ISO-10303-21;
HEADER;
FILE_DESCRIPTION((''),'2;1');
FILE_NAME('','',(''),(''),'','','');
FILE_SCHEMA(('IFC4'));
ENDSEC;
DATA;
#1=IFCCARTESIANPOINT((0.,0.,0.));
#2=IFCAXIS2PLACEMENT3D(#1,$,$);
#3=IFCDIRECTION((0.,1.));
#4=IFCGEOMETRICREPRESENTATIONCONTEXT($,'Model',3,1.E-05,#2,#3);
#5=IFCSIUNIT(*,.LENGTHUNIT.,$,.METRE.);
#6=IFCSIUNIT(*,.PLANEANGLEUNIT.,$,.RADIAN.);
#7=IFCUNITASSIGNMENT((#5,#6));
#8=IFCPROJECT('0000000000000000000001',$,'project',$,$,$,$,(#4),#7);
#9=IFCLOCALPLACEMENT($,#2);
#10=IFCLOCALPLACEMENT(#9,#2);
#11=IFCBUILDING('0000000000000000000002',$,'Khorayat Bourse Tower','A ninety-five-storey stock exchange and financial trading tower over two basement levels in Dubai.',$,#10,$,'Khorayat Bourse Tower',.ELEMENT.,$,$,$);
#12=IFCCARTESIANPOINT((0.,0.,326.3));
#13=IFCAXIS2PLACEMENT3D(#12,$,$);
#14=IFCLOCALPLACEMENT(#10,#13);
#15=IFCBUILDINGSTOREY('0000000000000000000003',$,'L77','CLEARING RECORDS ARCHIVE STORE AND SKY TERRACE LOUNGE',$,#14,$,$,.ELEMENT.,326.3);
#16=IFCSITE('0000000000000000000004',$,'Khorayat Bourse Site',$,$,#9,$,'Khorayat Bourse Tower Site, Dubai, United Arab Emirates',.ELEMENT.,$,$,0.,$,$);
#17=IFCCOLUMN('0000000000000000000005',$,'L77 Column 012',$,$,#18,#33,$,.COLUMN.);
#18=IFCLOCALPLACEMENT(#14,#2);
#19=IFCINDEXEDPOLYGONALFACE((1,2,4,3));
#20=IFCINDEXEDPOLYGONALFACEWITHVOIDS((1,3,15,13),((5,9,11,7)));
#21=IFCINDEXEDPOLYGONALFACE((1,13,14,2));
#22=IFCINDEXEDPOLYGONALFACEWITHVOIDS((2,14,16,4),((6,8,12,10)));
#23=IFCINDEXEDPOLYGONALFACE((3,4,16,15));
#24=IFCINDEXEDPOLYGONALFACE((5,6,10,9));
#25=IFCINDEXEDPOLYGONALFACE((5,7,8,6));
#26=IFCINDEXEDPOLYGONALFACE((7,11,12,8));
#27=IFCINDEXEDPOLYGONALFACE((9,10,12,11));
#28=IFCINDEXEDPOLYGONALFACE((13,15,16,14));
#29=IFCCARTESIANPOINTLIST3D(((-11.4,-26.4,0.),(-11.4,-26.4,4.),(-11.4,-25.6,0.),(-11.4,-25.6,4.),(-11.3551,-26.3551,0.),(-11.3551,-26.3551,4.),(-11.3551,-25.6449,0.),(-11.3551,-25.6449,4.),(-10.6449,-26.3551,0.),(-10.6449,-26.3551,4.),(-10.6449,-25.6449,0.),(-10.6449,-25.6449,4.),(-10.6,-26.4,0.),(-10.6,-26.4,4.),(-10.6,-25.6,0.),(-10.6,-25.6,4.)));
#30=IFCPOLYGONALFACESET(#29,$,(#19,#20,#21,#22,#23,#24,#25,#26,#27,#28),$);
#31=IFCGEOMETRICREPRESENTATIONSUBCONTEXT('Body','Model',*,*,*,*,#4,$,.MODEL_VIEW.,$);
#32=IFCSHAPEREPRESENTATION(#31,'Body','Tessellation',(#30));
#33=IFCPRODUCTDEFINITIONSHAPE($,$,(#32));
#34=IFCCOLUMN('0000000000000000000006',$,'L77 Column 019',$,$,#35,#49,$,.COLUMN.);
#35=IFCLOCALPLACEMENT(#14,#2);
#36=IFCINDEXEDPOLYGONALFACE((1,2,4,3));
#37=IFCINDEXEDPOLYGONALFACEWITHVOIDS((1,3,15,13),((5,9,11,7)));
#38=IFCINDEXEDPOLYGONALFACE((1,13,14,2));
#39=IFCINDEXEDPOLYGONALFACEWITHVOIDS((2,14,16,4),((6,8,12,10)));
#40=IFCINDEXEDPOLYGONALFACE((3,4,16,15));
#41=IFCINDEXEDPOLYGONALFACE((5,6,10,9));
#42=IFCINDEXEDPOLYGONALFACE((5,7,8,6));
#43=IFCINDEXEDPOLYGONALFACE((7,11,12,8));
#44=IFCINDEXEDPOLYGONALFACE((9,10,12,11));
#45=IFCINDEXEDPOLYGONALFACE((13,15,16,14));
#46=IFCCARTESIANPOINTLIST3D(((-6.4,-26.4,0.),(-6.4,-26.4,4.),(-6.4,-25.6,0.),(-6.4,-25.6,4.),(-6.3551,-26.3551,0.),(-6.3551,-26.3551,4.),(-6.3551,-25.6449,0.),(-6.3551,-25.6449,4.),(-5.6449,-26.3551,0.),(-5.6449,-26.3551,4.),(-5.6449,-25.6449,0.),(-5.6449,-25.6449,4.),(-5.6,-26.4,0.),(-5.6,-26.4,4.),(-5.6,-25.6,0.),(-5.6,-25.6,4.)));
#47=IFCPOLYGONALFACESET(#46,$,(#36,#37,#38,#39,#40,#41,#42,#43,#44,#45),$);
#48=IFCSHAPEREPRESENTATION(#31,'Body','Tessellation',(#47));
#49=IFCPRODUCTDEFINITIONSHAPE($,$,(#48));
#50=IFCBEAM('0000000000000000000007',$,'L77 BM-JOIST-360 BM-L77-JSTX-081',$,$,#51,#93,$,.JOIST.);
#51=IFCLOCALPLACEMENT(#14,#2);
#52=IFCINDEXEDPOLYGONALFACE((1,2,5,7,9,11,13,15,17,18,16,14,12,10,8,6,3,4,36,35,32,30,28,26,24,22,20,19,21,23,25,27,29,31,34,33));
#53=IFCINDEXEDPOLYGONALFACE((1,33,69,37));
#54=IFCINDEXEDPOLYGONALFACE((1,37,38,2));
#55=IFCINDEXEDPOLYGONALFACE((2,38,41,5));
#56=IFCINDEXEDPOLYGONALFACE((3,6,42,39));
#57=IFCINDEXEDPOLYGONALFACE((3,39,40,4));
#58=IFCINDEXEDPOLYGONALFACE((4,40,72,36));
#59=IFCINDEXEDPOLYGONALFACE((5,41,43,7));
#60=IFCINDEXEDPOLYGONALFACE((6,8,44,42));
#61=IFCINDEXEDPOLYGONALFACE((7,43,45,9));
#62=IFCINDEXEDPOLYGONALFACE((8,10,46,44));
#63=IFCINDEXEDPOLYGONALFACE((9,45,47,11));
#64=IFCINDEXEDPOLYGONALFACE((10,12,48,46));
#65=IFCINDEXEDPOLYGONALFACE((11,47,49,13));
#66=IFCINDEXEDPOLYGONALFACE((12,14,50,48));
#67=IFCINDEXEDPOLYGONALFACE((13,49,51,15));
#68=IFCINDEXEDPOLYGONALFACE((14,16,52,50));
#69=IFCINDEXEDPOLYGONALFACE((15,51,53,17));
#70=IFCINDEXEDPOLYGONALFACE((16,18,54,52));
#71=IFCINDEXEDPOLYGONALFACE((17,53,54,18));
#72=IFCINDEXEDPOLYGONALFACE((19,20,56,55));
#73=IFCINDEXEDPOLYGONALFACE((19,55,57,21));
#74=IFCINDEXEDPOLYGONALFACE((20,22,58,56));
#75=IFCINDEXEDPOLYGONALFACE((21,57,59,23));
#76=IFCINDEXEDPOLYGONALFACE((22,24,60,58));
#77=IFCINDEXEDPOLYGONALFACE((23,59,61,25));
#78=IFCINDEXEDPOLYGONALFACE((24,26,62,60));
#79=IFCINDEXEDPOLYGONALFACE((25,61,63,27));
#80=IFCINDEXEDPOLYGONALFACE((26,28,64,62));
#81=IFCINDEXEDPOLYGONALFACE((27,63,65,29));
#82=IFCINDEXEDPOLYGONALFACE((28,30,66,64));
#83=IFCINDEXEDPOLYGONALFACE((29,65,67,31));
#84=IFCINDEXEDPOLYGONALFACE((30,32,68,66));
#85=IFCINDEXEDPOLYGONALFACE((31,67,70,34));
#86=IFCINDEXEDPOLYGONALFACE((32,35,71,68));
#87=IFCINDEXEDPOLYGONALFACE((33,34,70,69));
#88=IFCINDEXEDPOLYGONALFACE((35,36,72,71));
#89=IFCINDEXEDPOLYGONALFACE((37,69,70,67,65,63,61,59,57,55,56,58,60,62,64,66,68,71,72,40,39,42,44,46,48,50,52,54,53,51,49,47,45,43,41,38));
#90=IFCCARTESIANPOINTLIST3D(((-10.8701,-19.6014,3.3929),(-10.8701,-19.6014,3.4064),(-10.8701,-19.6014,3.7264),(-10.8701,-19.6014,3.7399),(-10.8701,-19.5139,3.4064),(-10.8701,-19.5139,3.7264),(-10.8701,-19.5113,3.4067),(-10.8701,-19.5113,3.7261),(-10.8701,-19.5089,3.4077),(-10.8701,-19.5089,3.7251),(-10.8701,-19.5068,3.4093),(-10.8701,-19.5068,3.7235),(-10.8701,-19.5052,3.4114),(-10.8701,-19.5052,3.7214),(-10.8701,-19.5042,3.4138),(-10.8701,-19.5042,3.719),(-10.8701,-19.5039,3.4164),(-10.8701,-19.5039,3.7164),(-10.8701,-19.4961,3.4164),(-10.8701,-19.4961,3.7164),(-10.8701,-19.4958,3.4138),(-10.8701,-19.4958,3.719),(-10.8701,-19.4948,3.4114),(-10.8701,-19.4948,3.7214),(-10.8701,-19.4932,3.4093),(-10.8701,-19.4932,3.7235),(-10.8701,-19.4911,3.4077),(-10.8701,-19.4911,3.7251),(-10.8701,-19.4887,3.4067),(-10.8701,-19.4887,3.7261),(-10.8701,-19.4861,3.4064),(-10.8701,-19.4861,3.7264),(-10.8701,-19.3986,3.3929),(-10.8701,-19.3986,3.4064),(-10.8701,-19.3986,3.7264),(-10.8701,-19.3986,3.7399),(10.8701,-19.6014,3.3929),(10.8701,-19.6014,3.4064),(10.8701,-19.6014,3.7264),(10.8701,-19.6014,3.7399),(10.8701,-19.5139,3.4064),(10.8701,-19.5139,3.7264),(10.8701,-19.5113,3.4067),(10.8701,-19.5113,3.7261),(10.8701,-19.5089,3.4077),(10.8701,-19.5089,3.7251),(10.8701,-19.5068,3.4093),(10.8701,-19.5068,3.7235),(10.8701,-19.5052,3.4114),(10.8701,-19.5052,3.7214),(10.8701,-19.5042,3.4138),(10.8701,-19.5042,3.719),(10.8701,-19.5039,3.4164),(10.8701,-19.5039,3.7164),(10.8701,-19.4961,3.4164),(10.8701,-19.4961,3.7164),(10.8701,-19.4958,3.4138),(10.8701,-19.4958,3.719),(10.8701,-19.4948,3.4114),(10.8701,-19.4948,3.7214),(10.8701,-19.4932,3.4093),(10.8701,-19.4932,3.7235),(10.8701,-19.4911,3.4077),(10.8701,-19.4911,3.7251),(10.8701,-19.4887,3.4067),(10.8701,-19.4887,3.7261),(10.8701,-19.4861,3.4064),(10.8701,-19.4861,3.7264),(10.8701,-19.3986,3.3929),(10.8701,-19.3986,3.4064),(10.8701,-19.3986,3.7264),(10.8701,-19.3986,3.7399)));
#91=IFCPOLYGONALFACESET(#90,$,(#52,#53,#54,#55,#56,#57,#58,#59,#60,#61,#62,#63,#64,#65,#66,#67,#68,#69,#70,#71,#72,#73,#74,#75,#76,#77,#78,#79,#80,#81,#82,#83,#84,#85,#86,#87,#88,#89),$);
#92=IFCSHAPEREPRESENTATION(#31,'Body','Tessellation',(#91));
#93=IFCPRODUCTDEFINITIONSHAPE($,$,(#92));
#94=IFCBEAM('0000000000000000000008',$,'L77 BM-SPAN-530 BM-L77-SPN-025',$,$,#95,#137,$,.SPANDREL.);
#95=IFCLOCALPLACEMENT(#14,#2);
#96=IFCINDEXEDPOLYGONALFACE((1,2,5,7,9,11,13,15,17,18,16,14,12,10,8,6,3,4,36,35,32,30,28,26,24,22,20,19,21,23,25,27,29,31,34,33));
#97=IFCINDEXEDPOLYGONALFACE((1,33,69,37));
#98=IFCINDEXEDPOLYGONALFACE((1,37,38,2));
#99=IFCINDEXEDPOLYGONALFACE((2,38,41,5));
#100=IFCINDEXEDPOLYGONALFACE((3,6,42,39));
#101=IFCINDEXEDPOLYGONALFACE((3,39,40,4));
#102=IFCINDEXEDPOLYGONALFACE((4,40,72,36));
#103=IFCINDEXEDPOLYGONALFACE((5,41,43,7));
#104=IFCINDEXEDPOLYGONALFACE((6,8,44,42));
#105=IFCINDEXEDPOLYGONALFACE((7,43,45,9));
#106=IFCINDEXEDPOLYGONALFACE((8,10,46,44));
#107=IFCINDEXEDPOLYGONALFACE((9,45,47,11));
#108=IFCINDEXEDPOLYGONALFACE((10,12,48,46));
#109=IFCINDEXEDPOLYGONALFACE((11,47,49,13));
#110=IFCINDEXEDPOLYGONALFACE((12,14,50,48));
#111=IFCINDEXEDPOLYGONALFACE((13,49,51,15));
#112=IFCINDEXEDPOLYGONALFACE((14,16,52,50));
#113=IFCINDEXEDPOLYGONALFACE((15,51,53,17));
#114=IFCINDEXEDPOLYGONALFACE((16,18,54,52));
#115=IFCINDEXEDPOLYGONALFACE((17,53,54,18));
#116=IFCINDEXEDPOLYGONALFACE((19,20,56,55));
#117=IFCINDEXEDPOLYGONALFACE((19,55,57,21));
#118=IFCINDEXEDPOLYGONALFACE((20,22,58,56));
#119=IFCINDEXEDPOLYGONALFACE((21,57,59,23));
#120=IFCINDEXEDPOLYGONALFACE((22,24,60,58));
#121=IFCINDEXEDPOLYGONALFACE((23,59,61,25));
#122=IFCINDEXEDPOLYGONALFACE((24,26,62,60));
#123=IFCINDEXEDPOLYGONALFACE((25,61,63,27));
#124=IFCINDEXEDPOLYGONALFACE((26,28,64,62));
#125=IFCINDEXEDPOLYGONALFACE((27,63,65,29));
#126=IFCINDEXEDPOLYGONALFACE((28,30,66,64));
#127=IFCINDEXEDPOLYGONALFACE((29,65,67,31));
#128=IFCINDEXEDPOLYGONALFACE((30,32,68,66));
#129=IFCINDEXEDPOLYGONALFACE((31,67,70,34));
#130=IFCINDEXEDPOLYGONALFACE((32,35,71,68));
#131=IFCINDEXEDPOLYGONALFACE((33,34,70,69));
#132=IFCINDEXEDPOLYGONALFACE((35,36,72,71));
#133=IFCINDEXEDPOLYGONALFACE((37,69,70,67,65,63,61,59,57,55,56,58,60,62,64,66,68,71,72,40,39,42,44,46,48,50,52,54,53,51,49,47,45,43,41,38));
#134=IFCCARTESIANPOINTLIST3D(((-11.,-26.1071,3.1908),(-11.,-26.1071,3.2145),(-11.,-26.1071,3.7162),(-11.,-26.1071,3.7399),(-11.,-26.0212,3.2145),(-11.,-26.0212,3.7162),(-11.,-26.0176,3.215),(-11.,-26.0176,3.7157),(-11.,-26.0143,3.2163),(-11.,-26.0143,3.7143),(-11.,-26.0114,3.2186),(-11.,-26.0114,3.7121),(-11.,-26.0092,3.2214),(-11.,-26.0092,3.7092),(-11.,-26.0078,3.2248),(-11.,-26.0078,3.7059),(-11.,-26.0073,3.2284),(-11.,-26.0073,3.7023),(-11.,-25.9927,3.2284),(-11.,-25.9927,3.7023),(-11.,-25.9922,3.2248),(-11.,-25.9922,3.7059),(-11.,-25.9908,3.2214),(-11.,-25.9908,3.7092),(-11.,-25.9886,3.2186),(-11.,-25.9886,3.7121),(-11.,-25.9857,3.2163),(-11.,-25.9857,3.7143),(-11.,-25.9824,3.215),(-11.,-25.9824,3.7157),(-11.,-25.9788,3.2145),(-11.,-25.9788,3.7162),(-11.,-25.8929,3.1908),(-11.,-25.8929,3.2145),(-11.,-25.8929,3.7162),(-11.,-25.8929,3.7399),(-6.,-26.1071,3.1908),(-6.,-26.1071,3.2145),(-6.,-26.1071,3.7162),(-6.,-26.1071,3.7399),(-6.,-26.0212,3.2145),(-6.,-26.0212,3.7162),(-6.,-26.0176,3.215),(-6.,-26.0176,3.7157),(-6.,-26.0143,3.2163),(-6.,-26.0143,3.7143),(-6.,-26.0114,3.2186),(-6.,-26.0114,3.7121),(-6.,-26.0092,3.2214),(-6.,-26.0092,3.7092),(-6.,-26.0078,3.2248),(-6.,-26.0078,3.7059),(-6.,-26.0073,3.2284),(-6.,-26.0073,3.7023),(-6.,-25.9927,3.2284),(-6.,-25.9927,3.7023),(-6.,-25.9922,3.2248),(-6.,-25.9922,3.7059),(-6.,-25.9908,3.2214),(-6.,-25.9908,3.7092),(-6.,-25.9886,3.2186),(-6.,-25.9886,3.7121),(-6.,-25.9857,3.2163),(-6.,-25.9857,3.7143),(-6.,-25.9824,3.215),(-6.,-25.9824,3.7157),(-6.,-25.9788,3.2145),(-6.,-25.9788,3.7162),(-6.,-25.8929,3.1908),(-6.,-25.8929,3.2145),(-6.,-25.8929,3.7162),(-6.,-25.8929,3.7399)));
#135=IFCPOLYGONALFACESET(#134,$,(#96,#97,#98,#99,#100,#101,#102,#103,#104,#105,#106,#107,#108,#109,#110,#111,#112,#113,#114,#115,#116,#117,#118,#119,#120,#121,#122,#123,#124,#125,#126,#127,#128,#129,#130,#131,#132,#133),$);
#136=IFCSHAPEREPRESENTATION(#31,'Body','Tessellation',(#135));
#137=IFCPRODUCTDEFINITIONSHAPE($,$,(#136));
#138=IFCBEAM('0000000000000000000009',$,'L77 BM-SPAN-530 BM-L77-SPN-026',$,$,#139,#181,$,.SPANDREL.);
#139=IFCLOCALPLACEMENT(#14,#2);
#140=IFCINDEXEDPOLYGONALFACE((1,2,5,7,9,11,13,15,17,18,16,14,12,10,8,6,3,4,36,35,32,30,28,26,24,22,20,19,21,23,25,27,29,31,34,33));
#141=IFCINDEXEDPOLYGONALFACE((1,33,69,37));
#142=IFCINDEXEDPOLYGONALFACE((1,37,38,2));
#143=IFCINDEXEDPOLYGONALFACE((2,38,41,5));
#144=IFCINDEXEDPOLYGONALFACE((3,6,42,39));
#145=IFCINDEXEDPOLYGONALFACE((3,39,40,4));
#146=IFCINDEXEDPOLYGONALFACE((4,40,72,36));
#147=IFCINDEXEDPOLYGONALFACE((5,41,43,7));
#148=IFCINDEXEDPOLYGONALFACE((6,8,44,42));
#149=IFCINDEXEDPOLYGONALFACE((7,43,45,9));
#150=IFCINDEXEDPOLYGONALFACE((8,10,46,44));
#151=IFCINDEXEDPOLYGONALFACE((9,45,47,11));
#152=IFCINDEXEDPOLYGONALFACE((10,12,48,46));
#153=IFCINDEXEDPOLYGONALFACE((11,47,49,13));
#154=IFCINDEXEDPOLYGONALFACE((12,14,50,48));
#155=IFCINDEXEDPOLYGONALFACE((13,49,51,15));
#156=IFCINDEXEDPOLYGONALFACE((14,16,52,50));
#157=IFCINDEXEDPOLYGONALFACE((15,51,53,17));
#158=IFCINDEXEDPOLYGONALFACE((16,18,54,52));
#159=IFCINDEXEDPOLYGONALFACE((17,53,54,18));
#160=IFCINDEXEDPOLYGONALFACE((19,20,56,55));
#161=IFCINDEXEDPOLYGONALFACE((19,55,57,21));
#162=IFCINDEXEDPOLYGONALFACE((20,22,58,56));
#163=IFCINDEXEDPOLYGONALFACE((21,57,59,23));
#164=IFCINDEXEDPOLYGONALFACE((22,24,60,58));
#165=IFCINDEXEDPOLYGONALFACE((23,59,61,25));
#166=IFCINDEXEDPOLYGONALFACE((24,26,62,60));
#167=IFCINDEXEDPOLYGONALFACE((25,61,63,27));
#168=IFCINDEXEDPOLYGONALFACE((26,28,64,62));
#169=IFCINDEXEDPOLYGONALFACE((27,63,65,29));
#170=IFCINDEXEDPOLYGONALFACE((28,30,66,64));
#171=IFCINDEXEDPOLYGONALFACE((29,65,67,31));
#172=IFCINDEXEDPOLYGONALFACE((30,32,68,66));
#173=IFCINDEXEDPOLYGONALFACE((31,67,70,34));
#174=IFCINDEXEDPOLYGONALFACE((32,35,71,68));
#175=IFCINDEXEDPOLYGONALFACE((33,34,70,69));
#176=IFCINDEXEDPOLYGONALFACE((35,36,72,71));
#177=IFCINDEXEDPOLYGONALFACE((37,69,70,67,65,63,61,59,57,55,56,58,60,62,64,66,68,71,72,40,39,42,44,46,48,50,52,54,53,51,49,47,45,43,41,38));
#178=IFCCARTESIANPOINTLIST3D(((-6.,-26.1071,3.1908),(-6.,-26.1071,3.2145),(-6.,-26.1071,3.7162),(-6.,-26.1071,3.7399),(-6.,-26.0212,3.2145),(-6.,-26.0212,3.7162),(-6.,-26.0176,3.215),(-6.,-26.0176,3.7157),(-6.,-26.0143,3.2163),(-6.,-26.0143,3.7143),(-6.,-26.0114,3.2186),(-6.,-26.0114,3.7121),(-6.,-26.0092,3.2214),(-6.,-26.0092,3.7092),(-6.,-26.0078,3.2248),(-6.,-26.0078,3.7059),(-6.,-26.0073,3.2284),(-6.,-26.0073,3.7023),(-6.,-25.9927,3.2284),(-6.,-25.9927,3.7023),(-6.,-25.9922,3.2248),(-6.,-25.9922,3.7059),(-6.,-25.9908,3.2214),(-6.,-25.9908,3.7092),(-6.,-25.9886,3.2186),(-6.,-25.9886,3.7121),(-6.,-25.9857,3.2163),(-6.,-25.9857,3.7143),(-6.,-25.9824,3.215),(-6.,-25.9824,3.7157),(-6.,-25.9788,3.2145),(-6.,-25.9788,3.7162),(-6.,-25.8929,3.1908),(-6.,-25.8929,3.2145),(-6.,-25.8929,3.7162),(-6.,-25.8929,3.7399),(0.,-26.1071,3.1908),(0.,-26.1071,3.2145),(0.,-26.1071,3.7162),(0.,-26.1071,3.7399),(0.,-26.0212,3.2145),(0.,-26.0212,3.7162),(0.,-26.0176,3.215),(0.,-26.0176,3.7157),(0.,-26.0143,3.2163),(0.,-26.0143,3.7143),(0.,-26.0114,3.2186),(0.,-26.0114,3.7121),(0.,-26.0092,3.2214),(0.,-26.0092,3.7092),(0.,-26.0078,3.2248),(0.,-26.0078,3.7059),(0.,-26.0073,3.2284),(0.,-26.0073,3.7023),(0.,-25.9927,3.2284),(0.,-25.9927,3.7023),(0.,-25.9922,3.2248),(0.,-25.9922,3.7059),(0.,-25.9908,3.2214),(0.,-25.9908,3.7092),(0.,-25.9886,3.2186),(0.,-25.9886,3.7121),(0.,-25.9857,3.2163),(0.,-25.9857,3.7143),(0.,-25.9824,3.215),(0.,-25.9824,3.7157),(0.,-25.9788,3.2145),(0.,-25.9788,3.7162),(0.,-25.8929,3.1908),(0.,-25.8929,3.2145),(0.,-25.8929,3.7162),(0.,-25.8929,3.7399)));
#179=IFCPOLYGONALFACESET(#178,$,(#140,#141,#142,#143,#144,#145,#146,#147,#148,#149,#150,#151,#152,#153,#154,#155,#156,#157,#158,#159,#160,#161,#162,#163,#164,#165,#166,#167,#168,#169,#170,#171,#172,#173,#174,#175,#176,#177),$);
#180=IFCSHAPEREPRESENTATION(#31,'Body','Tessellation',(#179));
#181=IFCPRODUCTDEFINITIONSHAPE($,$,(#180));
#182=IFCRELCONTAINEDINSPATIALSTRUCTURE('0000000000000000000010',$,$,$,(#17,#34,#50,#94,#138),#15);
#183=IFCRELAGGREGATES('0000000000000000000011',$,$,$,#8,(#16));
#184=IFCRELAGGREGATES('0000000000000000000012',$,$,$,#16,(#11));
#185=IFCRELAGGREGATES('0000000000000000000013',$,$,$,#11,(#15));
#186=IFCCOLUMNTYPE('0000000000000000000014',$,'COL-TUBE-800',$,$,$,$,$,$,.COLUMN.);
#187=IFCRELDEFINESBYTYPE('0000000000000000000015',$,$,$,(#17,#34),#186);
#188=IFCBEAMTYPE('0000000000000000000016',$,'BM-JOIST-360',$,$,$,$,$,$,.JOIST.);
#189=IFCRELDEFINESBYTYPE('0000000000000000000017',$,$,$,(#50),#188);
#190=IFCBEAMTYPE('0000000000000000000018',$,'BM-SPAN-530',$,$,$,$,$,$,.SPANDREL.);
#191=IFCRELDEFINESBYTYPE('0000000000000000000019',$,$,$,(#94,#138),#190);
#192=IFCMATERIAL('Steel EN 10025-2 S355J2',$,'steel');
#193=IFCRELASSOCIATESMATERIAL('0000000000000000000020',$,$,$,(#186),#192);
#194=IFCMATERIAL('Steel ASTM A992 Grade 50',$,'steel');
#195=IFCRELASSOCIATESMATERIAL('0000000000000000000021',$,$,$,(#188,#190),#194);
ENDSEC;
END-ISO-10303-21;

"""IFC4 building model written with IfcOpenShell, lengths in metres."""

from ifc_helpers import new_model, si_unit, direction, frame, origin, origin_2d, place, context, subcontext, project, spatial, hollow_rectangle, i_section, extrude, source, transform, mapped, material, material_profile, profile_set, type_object, element, save


model = new_model("IFC4")

# Units and contexts
model_context = context("Model", 3, precision=1e-05, world=origin(), true_north=direction((0.0, 1.0)))
body_context = subcontext(model_context, "Body", "Model", "MODEL_VIEW")
ifc_project = project(units=[si_unit("LENGTHUNIT", "METRE"), si_unit("PLANEANGLEUNIT", "RADIAN")], contexts=[model_context])

# Site, building, storey
site_placement = place(None, origin())
site = spatial("IfcSite", under=ifc_project, at=site_placement, Name="Khorayat Bourse Site", LongName="Khorayat Bourse Tower Site, Dubai, United Arab Emirates", CompositionType="ELEMENT", RefElevation=0.0)
building_placement = place(site_placement, origin())
building = spatial("IfcBuilding", under=site, at=building_placement, Name="Khorayat Bourse Tower", Description="A ninety-five-storey stock exchange and financial trading tower over two basement levels in Dubai.", LongName="Khorayat Bourse Tower", CompositionType="ELEMENT")
storey_placement = place(building_placement, frame((0.0, 0.0, 326.3)))
storey = spatial("IfcBuildingStorey", under=building, at=storey_placement, Name="L77", Description="CLEARING RECORDS ARCHIVE STORE AND SKY TERRACE LOUNGE", CompositionType="ELEMENT", Elevation=326.3)

# Columns
ifc_material_1 = material(Name="Steel EN 10025-2 S355J2", Category="steel")
ifc_material_profile_1 = material_profile(ifc_material_1, hollow_rectangle(XDim=0.8, YDim=0.8, WallThickness=0.0449, at=origin_2d()), Name="BOX 800x800x45")
ifc_profile_set_1 = profile_set([ifc_material_profile_1], Name="Steel EN 10025-2 S355J2")
column_type = type_object("IfcColumnType", Name="COL-TUBE-800", PredefinedType="COLUMN", material=ifc_profile_set_1)
shared_shape_1 = source(origin(), body_context, "Body", "SweptSolid", [
    extrude(hollow_rectangle(XDim=0.8, YDim=0.8, WallThickness=0.0449, at=origin_2d()), origin(), (0.0, 0.0, 1.0), 4.0),
])
for number, where, z_axis, x_axis, name in (
    (1, (-11.0, -26.0, 0.0), (0.0, 0.0, 1.0), (1.0, 0.0, 0.0), "L77 Column 012"),
    (2, (-6.0, -26.0, 0.0), (0.0, 0.0, 1.0), (1.0, 0.0, 0.0), "L77 Column 019"),
):
    element("IfcColumn", number, at=place(storey_placement, frame(where, z_axis=z_axis, x_axis=x_axis)), inside=storey, type_object=column_type, Name=name, PredefinedType="COLUMN", context=body_context, shape_type="MappedRepresentation", body=[
        mapped(shared_shape_1, transform((0.0, 0.0, 0.0), scale=1.0)),
    ])

# Beams
ifc_material_2 = material(Name="Steel ASTM A992 Grade 50", Category="steel")
ifc_material_profile_2 = material_profile(ifc_material_2, i_section(OverallWidth=0.2029, OverallDepth=0.3469, WebThickness=0.0078, FlangeThickness=0.0134, FilletRadius=0.01, at=origin_2d()), Name="W360X64")
ifc_profile_set_2 = profile_set([ifc_material_profile_2], Name="Steel ASTM A992 Grade 50")
beam_type_1 = type_object("IfcBeamType", Name="BM-JOIST-360", PredefinedType="JOIST", material=ifc_profile_set_2)
shared_shape_2 = source(origin(), body_context, "Body", "SweptSolid", [
    extrude(i_section(OverallWidth=0.2029, OverallDepth=0.3469, WebThickness=0.0078, FlangeThickness=0.0134, FilletRadius=0.01, at=origin_2d()), origin(), (0.0, 0.0, 1.0), 21.7402),
])
beam_1_placement = place(storey_placement, frame((-10.8701, -19.5, 3.5664), z_axis=(1.0, 0.0, 0.0), x_axis=(0.0, 1.0, 0.0)))
element("IfcBeam", 3, at=beam_1_placement, inside=storey, type_object=beam_type_1, Name="L77 BM-JOIST-360 BM-L77-JSTX-081", PredefinedType="JOIST", context=body_context, shape_type="MappedRepresentation", body=[
    mapped(shared_shape_2, transform((0.0, 0.0, 0.0), scale=1.0)),
])
ifc_material_profile_3 = material_profile(ifc_material_2, i_section(OverallWidth=0.2141, OverallDepth=0.5491, WebThickness=0.0146, FlangeThickness=0.0237, FilletRadius=0.0139, at=origin_2d()), Name="W530X138")
ifc_profile_set_3 = profile_set([ifc_material_profile_3], Name="Steel ASTM A992 Grade 50")
beam_type_2 = type_object("IfcBeamType", Name="BM-SPAN-530", PredefinedType="SPANDREL", material=ifc_profile_set_3)
shared_shape_3 = source(origin(), body_context, "Body", "SweptSolid", [
    extrude(i_section(OverallWidth=0.2141, OverallDepth=0.5491, WebThickness=0.0146, FlangeThickness=0.0237, FilletRadius=0.0139, at=origin_2d()), origin(), (0.0, 0.0, 1.0), 5.0),
])
beam_2_placement = place(storey_placement, frame((-11.0, -26.0, 3.4653), z_axis=(1.0, 0.0, 0.0), x_axis=(0.0, 1.0, 0.0)))
element("IfcBeam", 4, at=beam_2_placement, inside=storey, type_object=beam_type_2, Name="L77 BM-SPAN-530 BM-L77-SPN-025", PredefinedType="SPANDREL", context=body_context, shape_type="MappedRepresentation", body=[
    mapped(shared_shape_3, transform((0.0, 0.0, 0.0), scale=1.0)),
])
shared_shape_4 = source(origin(), body_context, "Body", "SweptSolid", [
    extrude(i_section(OverallWidth=0.2141, OverallDepth=0.5491, WebThickness=0.0146, FlangeThickness=0.0237, FilletRadius=0.0139, at=origin_2d()), origin(), (0.0, 0.0, 1.0), 6.0),
])
beam_3_placement = place(storey_placement, frame((-6.0, -26.0, 3.4653), z_axis=(1.0, 0.0, 0.0), x_axis=(0.0, 1.0, 0.0)))
element("IfcBeam", 5, at=beam_3_placement, inside=storey, type_object=beam_type_2, Name="L77 BM-SPAN-530 BM-L77-SPN-026", PredefinedType="SPANDREL", context=body_context, shape_type="MappedRepresentation", body=[
    mapped(shared_shape_4, transform((0.0, 0.0, 0.0), scale=1.0)),
])

save(model, "model.ifc")
